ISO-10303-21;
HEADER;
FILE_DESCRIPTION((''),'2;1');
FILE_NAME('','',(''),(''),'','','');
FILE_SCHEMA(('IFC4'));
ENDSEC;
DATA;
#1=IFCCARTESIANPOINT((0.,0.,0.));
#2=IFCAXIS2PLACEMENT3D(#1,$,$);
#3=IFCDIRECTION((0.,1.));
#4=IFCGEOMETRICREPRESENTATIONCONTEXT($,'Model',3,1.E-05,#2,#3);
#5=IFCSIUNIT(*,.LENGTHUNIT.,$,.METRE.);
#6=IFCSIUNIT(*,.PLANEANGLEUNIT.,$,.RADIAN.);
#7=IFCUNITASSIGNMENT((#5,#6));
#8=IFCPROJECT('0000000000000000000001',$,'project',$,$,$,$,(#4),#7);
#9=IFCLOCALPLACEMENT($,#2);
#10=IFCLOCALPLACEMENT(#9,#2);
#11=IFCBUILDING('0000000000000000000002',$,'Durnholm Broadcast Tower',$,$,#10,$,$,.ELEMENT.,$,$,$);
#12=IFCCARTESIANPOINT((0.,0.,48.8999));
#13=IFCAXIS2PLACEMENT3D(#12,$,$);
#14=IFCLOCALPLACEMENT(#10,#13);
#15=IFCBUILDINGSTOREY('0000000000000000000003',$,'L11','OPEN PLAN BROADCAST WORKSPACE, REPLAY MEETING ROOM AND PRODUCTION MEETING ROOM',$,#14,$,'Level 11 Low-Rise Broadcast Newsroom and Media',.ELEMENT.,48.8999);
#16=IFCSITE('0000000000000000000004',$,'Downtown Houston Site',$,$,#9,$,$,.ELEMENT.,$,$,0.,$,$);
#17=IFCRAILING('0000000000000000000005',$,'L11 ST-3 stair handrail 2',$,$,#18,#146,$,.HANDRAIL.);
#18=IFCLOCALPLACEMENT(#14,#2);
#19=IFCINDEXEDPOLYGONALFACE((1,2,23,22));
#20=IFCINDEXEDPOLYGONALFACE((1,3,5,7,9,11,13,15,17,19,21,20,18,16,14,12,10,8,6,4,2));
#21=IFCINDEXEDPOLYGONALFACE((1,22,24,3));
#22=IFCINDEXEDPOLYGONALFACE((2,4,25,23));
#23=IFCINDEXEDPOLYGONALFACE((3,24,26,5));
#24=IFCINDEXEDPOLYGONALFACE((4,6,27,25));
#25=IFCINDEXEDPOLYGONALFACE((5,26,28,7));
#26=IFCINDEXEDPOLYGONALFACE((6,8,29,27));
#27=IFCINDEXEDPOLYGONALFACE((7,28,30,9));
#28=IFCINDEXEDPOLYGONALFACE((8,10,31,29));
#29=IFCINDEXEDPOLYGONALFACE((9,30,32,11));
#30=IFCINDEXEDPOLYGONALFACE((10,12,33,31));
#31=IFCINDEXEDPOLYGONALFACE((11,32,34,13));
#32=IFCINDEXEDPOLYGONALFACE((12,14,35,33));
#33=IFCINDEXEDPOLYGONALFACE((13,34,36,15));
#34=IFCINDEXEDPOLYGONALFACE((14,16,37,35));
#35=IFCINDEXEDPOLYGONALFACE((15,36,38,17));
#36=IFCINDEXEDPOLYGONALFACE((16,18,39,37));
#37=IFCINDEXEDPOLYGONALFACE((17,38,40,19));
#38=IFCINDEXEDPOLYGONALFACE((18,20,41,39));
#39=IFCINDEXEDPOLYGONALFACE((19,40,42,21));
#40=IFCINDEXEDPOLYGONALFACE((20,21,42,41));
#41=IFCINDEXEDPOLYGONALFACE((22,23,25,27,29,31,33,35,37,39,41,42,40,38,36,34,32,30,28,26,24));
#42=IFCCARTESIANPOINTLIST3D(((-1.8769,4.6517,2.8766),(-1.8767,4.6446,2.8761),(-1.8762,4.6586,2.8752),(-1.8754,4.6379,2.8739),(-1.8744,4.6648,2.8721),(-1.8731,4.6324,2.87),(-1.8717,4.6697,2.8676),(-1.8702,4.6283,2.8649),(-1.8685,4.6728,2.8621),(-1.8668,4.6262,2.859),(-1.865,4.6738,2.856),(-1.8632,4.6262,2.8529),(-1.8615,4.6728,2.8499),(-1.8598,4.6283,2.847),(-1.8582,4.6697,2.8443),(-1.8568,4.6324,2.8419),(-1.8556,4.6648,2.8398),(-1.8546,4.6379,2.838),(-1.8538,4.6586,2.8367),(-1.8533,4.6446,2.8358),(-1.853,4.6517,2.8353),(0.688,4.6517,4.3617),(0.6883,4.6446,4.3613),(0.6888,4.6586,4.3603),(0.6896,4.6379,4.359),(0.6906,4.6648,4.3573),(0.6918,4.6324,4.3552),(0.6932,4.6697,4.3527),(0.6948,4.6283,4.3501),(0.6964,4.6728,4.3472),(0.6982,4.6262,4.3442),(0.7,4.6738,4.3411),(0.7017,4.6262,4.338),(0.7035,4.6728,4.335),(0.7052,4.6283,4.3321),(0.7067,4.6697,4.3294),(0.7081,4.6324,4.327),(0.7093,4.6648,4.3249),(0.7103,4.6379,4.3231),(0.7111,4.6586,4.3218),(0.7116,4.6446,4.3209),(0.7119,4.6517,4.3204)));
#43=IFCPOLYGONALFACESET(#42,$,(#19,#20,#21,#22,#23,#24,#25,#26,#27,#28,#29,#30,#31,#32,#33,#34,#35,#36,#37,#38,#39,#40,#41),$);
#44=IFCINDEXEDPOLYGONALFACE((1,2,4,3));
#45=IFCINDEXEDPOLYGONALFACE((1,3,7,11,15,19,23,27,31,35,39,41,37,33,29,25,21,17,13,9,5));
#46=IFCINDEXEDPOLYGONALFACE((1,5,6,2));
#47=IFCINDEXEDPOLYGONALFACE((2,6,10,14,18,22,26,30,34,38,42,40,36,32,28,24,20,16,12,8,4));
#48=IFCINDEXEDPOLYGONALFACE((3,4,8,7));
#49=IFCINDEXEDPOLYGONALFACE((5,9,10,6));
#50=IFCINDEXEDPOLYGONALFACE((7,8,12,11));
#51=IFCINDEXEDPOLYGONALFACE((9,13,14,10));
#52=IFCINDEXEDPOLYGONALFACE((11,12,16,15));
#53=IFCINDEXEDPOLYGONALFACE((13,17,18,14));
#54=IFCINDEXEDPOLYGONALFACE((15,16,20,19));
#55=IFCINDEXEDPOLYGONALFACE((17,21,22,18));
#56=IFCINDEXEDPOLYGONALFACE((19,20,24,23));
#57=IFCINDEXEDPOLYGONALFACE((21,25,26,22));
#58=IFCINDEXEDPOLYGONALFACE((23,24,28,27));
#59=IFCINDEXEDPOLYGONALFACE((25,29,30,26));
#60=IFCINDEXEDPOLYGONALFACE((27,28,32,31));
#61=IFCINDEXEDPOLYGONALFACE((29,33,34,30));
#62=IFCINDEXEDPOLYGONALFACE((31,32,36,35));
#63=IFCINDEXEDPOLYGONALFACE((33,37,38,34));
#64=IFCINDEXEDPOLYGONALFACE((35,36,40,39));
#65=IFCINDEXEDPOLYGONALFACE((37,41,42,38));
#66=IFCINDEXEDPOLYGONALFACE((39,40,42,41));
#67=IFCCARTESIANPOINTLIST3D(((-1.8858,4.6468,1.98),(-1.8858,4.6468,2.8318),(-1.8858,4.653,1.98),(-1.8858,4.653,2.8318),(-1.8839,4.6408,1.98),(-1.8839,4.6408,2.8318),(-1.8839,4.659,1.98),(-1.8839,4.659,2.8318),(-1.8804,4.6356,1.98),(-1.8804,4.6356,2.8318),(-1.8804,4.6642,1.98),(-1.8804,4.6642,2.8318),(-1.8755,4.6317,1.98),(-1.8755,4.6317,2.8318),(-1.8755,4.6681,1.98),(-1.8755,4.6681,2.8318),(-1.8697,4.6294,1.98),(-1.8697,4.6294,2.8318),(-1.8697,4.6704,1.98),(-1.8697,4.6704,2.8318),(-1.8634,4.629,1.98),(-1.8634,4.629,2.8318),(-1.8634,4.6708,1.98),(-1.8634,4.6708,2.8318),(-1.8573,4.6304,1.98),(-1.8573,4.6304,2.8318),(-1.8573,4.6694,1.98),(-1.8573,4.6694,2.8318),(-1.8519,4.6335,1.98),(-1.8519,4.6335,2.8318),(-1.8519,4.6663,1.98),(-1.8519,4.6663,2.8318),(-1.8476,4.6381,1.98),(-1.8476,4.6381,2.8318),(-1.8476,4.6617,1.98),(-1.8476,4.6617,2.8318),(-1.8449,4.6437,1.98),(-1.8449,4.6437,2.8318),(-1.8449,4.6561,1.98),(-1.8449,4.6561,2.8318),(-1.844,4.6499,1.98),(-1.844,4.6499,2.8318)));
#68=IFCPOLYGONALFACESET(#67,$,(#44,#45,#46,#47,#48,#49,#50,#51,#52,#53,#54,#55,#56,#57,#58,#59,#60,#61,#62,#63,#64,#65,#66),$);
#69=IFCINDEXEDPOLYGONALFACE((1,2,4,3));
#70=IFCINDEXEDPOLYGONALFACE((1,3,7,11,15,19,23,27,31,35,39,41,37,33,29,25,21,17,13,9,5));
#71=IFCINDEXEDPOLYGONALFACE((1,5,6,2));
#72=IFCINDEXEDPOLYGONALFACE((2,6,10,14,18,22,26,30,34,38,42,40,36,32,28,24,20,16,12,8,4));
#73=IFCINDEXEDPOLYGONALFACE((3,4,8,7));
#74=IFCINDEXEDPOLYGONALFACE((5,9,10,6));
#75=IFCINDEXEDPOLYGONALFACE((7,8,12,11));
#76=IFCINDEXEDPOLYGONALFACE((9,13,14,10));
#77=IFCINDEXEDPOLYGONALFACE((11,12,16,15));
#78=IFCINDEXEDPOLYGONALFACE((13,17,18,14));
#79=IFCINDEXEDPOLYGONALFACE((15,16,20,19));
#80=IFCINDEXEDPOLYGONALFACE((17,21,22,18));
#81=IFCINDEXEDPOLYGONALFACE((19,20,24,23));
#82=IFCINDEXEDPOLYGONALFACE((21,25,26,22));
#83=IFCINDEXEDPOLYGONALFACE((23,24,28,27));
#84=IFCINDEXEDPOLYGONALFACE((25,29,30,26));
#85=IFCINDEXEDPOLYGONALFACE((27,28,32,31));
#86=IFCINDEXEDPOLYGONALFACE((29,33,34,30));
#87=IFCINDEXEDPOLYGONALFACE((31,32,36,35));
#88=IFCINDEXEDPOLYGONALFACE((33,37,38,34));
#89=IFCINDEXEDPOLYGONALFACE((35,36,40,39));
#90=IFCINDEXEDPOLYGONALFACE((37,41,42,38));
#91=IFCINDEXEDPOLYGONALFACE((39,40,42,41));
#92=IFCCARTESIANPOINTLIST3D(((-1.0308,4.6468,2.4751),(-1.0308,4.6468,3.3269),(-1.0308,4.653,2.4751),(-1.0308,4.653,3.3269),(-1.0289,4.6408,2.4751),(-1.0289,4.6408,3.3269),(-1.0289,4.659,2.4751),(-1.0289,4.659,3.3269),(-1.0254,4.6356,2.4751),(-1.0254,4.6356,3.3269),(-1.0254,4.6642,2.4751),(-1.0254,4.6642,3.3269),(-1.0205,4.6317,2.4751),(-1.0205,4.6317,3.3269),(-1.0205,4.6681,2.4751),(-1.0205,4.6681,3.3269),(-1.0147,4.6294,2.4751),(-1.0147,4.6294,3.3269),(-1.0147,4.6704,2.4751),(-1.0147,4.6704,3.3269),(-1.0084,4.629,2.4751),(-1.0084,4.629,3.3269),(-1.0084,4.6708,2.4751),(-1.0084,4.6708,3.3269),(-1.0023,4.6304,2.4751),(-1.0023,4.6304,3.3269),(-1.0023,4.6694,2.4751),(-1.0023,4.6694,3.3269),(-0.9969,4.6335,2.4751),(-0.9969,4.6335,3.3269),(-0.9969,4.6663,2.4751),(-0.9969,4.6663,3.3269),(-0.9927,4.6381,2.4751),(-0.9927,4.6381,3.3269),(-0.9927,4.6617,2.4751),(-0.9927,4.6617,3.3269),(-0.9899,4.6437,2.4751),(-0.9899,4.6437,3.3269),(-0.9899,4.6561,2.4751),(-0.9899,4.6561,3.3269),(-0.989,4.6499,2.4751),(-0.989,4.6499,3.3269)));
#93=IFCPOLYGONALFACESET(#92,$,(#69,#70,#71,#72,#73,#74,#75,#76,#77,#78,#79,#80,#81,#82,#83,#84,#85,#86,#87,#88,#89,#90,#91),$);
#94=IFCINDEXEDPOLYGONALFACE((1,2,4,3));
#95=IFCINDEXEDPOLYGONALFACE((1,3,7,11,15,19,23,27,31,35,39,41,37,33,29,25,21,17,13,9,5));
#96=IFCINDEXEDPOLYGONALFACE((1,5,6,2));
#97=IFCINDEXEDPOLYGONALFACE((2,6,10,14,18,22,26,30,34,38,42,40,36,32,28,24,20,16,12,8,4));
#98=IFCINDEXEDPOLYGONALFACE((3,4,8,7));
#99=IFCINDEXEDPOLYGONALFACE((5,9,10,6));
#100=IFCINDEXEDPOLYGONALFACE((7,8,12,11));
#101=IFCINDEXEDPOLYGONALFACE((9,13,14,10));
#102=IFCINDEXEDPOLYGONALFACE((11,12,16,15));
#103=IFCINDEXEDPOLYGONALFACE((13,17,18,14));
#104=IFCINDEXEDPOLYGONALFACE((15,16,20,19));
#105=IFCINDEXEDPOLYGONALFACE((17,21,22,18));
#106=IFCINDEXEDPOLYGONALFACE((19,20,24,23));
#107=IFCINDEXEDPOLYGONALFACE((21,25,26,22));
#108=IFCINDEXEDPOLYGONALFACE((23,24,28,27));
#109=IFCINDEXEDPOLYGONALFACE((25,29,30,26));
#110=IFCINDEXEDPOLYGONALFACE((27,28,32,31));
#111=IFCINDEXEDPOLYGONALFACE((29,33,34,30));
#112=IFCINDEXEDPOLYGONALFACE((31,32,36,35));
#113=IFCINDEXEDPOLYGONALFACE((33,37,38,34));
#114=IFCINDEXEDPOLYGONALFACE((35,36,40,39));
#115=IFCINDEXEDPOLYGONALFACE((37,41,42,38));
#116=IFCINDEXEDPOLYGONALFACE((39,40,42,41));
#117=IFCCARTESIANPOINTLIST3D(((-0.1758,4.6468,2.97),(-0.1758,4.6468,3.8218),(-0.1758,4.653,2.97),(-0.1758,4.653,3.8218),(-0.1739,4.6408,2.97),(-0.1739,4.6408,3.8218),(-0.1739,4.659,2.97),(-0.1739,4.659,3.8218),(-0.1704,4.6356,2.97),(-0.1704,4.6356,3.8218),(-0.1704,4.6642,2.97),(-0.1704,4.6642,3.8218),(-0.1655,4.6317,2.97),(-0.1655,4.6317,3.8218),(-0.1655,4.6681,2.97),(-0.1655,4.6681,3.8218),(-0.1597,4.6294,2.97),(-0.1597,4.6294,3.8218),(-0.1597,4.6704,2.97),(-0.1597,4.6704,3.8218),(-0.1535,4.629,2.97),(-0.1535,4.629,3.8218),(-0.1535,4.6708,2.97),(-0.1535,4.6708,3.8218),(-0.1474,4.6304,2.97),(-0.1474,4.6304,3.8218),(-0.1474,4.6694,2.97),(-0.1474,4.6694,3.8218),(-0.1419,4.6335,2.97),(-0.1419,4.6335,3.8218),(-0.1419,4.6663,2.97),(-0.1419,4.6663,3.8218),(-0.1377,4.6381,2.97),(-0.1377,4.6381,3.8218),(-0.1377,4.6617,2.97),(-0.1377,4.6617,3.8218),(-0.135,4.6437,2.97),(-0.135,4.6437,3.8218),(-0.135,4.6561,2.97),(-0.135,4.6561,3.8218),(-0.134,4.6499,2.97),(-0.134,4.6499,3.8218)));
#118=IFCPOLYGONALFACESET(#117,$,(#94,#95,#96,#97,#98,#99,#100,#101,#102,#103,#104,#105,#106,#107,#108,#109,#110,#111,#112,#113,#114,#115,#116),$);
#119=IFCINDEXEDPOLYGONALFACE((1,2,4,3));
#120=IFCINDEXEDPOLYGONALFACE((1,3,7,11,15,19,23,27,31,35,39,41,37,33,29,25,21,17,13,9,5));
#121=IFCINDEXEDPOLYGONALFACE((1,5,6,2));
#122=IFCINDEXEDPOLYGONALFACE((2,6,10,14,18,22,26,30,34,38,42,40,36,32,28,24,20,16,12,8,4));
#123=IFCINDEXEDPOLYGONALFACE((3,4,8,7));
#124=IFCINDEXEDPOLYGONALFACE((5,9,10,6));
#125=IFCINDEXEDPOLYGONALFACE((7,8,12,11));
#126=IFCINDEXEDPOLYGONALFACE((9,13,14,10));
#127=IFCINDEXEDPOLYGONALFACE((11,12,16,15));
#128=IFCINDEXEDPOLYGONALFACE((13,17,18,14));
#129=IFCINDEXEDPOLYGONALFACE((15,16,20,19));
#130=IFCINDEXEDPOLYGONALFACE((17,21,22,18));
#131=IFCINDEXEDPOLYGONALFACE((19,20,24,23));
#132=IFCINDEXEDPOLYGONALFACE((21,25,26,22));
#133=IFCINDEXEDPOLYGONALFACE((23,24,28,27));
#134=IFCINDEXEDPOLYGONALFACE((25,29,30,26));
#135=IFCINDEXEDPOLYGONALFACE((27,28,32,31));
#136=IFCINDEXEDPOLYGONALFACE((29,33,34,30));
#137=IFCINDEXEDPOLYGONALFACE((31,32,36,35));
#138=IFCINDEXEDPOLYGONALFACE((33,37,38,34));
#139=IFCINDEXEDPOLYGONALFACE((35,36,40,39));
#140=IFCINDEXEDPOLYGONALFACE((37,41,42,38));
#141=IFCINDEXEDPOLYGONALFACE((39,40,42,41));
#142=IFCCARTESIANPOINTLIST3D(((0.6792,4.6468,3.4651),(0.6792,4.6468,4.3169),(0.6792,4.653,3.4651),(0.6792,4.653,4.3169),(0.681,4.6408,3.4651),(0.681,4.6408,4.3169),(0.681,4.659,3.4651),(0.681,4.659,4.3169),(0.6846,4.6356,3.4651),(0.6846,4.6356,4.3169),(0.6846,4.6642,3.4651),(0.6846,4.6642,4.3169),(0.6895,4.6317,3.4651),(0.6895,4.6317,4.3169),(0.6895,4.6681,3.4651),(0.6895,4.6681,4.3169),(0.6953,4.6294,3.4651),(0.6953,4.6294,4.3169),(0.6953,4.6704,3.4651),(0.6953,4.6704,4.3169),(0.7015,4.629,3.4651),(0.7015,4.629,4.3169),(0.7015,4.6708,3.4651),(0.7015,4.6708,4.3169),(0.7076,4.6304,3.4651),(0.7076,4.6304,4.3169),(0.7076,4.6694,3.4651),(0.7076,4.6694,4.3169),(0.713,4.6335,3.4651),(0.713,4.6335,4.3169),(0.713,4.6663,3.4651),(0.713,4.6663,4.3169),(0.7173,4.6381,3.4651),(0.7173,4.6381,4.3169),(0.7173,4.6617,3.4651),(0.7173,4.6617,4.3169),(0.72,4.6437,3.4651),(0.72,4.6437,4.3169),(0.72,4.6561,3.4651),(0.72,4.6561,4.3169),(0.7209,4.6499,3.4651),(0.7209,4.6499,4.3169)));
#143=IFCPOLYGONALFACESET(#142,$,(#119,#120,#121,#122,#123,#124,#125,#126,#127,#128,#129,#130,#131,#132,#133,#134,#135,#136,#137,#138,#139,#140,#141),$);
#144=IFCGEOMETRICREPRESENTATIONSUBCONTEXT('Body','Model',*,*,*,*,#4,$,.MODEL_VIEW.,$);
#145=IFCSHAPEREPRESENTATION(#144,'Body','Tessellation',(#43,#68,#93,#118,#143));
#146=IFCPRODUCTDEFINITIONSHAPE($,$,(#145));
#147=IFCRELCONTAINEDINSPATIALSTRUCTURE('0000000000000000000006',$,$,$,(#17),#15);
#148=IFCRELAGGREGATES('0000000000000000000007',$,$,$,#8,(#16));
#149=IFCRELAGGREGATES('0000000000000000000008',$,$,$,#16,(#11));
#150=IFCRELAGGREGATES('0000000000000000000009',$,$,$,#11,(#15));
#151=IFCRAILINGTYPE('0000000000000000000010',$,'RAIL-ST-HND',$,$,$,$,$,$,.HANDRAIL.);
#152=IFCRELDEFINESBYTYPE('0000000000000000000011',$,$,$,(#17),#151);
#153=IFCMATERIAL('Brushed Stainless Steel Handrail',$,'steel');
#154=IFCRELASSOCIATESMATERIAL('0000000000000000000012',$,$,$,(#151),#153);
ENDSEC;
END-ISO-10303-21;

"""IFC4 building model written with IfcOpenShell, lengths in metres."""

from ifc_helpers import new_model, si_unit, direction, frame, origin, origin_2d, place, context, subcontext, project, spatial, circle, extrude, material, type_object, element, save


model = new_model("IFC4")

# Units and contexts
model_context = context("Model", 3, precision=1e-05, world=origin(), true_north=direction((0.0, 1.0)))
body_context = subcontext(model_context, "Body", "Model", "MODEL_VIEW")
ifc_project = project(units=[si_unit("LENGTHUNIT", "METRE"), si_unit("PLANEANGLEUNIT", "RADIAN")], contexts=[model_context])

# Site, building, storey
site_placement = place(None, origin())
site = spatial("IfcSite", under=ifc_project, at=site_placement, Name="Downtown Houston Site", CompositionType="ELEMENT", RefElevation=0.0)
building_placement = place(site_placement, origin())
building = spatial("IfcBuilding", under=site, at=building_placement, Name="Durnholm Broadcast Tower", CompositionType="ELEMENT")
storey_placement = place(building_placement, frame((0.0, 0.0, 48.8999)))
storey = spatial("IfcBuildingStorey", under=building, at=storey_placement, Name="L11", Description="OPEN PLAN BROADCAST WORKSPACE, REPLAY MEETING ROOM AND PRODUCTION MEETING ROOM", LongName="Level 11 Low-Rise Broadcast Newsroom and Media", CompositionType="ELEMENT", Elevation=48.8999)

# Railing
ifc_material_1 = material(Name="Brushed Stainless Steel Handrail", Category="steel")
railing_type_1 = type_object("IfcRailingType", Name="RAIL-ST-HND", PredefinedType="HANDRAIL", material=ifc_material_1)
railing_1_placement = place(storey_placement, frame((-1.865, 4.6499, 1.98)))
element("IfcRailing", 1, at=railing_1_placement, inside=storey, type_object=railing_type_1, Name="L11 ST-3 stair handrail 2", PredefinedType="HANDRAIL", context=body_context, shape_type="SweptSolid", body=[
    extrude(circle(Radius=0.0239, at=origin_2d()), frame((0.0, 0.0, 0.876), z_axis=(0.865406, 0.0, 0.501072), x_axis=(0.0, 1.0, 0.0)), (0.0, 0.0, 1.0), 2.9639),
    extrude(circle(Radius=0.021, at=origin_2d()), origin(), (0.0, 0.0, 1.0), 0.8518),
    extrude(circle(Radius=0.021, at=origin_2d()), frame((0.855, 0.0, 0.4951)), (0.0, 0.0, 1.0), 0.8518),
    extrude(circle(Radius=0.021, at=origin_2d()), frame((1.71, 0.0, 0.99)), (0.0, 0.0, 1.0), 0.8518),
    extrude(circle(Radius=0.021, at=origin_2d()), frame((2.5649, 0.0, 1.4851)), (0.0, 0.0, 1.0), 0.8518),
])

save(model, "model.ifc")
